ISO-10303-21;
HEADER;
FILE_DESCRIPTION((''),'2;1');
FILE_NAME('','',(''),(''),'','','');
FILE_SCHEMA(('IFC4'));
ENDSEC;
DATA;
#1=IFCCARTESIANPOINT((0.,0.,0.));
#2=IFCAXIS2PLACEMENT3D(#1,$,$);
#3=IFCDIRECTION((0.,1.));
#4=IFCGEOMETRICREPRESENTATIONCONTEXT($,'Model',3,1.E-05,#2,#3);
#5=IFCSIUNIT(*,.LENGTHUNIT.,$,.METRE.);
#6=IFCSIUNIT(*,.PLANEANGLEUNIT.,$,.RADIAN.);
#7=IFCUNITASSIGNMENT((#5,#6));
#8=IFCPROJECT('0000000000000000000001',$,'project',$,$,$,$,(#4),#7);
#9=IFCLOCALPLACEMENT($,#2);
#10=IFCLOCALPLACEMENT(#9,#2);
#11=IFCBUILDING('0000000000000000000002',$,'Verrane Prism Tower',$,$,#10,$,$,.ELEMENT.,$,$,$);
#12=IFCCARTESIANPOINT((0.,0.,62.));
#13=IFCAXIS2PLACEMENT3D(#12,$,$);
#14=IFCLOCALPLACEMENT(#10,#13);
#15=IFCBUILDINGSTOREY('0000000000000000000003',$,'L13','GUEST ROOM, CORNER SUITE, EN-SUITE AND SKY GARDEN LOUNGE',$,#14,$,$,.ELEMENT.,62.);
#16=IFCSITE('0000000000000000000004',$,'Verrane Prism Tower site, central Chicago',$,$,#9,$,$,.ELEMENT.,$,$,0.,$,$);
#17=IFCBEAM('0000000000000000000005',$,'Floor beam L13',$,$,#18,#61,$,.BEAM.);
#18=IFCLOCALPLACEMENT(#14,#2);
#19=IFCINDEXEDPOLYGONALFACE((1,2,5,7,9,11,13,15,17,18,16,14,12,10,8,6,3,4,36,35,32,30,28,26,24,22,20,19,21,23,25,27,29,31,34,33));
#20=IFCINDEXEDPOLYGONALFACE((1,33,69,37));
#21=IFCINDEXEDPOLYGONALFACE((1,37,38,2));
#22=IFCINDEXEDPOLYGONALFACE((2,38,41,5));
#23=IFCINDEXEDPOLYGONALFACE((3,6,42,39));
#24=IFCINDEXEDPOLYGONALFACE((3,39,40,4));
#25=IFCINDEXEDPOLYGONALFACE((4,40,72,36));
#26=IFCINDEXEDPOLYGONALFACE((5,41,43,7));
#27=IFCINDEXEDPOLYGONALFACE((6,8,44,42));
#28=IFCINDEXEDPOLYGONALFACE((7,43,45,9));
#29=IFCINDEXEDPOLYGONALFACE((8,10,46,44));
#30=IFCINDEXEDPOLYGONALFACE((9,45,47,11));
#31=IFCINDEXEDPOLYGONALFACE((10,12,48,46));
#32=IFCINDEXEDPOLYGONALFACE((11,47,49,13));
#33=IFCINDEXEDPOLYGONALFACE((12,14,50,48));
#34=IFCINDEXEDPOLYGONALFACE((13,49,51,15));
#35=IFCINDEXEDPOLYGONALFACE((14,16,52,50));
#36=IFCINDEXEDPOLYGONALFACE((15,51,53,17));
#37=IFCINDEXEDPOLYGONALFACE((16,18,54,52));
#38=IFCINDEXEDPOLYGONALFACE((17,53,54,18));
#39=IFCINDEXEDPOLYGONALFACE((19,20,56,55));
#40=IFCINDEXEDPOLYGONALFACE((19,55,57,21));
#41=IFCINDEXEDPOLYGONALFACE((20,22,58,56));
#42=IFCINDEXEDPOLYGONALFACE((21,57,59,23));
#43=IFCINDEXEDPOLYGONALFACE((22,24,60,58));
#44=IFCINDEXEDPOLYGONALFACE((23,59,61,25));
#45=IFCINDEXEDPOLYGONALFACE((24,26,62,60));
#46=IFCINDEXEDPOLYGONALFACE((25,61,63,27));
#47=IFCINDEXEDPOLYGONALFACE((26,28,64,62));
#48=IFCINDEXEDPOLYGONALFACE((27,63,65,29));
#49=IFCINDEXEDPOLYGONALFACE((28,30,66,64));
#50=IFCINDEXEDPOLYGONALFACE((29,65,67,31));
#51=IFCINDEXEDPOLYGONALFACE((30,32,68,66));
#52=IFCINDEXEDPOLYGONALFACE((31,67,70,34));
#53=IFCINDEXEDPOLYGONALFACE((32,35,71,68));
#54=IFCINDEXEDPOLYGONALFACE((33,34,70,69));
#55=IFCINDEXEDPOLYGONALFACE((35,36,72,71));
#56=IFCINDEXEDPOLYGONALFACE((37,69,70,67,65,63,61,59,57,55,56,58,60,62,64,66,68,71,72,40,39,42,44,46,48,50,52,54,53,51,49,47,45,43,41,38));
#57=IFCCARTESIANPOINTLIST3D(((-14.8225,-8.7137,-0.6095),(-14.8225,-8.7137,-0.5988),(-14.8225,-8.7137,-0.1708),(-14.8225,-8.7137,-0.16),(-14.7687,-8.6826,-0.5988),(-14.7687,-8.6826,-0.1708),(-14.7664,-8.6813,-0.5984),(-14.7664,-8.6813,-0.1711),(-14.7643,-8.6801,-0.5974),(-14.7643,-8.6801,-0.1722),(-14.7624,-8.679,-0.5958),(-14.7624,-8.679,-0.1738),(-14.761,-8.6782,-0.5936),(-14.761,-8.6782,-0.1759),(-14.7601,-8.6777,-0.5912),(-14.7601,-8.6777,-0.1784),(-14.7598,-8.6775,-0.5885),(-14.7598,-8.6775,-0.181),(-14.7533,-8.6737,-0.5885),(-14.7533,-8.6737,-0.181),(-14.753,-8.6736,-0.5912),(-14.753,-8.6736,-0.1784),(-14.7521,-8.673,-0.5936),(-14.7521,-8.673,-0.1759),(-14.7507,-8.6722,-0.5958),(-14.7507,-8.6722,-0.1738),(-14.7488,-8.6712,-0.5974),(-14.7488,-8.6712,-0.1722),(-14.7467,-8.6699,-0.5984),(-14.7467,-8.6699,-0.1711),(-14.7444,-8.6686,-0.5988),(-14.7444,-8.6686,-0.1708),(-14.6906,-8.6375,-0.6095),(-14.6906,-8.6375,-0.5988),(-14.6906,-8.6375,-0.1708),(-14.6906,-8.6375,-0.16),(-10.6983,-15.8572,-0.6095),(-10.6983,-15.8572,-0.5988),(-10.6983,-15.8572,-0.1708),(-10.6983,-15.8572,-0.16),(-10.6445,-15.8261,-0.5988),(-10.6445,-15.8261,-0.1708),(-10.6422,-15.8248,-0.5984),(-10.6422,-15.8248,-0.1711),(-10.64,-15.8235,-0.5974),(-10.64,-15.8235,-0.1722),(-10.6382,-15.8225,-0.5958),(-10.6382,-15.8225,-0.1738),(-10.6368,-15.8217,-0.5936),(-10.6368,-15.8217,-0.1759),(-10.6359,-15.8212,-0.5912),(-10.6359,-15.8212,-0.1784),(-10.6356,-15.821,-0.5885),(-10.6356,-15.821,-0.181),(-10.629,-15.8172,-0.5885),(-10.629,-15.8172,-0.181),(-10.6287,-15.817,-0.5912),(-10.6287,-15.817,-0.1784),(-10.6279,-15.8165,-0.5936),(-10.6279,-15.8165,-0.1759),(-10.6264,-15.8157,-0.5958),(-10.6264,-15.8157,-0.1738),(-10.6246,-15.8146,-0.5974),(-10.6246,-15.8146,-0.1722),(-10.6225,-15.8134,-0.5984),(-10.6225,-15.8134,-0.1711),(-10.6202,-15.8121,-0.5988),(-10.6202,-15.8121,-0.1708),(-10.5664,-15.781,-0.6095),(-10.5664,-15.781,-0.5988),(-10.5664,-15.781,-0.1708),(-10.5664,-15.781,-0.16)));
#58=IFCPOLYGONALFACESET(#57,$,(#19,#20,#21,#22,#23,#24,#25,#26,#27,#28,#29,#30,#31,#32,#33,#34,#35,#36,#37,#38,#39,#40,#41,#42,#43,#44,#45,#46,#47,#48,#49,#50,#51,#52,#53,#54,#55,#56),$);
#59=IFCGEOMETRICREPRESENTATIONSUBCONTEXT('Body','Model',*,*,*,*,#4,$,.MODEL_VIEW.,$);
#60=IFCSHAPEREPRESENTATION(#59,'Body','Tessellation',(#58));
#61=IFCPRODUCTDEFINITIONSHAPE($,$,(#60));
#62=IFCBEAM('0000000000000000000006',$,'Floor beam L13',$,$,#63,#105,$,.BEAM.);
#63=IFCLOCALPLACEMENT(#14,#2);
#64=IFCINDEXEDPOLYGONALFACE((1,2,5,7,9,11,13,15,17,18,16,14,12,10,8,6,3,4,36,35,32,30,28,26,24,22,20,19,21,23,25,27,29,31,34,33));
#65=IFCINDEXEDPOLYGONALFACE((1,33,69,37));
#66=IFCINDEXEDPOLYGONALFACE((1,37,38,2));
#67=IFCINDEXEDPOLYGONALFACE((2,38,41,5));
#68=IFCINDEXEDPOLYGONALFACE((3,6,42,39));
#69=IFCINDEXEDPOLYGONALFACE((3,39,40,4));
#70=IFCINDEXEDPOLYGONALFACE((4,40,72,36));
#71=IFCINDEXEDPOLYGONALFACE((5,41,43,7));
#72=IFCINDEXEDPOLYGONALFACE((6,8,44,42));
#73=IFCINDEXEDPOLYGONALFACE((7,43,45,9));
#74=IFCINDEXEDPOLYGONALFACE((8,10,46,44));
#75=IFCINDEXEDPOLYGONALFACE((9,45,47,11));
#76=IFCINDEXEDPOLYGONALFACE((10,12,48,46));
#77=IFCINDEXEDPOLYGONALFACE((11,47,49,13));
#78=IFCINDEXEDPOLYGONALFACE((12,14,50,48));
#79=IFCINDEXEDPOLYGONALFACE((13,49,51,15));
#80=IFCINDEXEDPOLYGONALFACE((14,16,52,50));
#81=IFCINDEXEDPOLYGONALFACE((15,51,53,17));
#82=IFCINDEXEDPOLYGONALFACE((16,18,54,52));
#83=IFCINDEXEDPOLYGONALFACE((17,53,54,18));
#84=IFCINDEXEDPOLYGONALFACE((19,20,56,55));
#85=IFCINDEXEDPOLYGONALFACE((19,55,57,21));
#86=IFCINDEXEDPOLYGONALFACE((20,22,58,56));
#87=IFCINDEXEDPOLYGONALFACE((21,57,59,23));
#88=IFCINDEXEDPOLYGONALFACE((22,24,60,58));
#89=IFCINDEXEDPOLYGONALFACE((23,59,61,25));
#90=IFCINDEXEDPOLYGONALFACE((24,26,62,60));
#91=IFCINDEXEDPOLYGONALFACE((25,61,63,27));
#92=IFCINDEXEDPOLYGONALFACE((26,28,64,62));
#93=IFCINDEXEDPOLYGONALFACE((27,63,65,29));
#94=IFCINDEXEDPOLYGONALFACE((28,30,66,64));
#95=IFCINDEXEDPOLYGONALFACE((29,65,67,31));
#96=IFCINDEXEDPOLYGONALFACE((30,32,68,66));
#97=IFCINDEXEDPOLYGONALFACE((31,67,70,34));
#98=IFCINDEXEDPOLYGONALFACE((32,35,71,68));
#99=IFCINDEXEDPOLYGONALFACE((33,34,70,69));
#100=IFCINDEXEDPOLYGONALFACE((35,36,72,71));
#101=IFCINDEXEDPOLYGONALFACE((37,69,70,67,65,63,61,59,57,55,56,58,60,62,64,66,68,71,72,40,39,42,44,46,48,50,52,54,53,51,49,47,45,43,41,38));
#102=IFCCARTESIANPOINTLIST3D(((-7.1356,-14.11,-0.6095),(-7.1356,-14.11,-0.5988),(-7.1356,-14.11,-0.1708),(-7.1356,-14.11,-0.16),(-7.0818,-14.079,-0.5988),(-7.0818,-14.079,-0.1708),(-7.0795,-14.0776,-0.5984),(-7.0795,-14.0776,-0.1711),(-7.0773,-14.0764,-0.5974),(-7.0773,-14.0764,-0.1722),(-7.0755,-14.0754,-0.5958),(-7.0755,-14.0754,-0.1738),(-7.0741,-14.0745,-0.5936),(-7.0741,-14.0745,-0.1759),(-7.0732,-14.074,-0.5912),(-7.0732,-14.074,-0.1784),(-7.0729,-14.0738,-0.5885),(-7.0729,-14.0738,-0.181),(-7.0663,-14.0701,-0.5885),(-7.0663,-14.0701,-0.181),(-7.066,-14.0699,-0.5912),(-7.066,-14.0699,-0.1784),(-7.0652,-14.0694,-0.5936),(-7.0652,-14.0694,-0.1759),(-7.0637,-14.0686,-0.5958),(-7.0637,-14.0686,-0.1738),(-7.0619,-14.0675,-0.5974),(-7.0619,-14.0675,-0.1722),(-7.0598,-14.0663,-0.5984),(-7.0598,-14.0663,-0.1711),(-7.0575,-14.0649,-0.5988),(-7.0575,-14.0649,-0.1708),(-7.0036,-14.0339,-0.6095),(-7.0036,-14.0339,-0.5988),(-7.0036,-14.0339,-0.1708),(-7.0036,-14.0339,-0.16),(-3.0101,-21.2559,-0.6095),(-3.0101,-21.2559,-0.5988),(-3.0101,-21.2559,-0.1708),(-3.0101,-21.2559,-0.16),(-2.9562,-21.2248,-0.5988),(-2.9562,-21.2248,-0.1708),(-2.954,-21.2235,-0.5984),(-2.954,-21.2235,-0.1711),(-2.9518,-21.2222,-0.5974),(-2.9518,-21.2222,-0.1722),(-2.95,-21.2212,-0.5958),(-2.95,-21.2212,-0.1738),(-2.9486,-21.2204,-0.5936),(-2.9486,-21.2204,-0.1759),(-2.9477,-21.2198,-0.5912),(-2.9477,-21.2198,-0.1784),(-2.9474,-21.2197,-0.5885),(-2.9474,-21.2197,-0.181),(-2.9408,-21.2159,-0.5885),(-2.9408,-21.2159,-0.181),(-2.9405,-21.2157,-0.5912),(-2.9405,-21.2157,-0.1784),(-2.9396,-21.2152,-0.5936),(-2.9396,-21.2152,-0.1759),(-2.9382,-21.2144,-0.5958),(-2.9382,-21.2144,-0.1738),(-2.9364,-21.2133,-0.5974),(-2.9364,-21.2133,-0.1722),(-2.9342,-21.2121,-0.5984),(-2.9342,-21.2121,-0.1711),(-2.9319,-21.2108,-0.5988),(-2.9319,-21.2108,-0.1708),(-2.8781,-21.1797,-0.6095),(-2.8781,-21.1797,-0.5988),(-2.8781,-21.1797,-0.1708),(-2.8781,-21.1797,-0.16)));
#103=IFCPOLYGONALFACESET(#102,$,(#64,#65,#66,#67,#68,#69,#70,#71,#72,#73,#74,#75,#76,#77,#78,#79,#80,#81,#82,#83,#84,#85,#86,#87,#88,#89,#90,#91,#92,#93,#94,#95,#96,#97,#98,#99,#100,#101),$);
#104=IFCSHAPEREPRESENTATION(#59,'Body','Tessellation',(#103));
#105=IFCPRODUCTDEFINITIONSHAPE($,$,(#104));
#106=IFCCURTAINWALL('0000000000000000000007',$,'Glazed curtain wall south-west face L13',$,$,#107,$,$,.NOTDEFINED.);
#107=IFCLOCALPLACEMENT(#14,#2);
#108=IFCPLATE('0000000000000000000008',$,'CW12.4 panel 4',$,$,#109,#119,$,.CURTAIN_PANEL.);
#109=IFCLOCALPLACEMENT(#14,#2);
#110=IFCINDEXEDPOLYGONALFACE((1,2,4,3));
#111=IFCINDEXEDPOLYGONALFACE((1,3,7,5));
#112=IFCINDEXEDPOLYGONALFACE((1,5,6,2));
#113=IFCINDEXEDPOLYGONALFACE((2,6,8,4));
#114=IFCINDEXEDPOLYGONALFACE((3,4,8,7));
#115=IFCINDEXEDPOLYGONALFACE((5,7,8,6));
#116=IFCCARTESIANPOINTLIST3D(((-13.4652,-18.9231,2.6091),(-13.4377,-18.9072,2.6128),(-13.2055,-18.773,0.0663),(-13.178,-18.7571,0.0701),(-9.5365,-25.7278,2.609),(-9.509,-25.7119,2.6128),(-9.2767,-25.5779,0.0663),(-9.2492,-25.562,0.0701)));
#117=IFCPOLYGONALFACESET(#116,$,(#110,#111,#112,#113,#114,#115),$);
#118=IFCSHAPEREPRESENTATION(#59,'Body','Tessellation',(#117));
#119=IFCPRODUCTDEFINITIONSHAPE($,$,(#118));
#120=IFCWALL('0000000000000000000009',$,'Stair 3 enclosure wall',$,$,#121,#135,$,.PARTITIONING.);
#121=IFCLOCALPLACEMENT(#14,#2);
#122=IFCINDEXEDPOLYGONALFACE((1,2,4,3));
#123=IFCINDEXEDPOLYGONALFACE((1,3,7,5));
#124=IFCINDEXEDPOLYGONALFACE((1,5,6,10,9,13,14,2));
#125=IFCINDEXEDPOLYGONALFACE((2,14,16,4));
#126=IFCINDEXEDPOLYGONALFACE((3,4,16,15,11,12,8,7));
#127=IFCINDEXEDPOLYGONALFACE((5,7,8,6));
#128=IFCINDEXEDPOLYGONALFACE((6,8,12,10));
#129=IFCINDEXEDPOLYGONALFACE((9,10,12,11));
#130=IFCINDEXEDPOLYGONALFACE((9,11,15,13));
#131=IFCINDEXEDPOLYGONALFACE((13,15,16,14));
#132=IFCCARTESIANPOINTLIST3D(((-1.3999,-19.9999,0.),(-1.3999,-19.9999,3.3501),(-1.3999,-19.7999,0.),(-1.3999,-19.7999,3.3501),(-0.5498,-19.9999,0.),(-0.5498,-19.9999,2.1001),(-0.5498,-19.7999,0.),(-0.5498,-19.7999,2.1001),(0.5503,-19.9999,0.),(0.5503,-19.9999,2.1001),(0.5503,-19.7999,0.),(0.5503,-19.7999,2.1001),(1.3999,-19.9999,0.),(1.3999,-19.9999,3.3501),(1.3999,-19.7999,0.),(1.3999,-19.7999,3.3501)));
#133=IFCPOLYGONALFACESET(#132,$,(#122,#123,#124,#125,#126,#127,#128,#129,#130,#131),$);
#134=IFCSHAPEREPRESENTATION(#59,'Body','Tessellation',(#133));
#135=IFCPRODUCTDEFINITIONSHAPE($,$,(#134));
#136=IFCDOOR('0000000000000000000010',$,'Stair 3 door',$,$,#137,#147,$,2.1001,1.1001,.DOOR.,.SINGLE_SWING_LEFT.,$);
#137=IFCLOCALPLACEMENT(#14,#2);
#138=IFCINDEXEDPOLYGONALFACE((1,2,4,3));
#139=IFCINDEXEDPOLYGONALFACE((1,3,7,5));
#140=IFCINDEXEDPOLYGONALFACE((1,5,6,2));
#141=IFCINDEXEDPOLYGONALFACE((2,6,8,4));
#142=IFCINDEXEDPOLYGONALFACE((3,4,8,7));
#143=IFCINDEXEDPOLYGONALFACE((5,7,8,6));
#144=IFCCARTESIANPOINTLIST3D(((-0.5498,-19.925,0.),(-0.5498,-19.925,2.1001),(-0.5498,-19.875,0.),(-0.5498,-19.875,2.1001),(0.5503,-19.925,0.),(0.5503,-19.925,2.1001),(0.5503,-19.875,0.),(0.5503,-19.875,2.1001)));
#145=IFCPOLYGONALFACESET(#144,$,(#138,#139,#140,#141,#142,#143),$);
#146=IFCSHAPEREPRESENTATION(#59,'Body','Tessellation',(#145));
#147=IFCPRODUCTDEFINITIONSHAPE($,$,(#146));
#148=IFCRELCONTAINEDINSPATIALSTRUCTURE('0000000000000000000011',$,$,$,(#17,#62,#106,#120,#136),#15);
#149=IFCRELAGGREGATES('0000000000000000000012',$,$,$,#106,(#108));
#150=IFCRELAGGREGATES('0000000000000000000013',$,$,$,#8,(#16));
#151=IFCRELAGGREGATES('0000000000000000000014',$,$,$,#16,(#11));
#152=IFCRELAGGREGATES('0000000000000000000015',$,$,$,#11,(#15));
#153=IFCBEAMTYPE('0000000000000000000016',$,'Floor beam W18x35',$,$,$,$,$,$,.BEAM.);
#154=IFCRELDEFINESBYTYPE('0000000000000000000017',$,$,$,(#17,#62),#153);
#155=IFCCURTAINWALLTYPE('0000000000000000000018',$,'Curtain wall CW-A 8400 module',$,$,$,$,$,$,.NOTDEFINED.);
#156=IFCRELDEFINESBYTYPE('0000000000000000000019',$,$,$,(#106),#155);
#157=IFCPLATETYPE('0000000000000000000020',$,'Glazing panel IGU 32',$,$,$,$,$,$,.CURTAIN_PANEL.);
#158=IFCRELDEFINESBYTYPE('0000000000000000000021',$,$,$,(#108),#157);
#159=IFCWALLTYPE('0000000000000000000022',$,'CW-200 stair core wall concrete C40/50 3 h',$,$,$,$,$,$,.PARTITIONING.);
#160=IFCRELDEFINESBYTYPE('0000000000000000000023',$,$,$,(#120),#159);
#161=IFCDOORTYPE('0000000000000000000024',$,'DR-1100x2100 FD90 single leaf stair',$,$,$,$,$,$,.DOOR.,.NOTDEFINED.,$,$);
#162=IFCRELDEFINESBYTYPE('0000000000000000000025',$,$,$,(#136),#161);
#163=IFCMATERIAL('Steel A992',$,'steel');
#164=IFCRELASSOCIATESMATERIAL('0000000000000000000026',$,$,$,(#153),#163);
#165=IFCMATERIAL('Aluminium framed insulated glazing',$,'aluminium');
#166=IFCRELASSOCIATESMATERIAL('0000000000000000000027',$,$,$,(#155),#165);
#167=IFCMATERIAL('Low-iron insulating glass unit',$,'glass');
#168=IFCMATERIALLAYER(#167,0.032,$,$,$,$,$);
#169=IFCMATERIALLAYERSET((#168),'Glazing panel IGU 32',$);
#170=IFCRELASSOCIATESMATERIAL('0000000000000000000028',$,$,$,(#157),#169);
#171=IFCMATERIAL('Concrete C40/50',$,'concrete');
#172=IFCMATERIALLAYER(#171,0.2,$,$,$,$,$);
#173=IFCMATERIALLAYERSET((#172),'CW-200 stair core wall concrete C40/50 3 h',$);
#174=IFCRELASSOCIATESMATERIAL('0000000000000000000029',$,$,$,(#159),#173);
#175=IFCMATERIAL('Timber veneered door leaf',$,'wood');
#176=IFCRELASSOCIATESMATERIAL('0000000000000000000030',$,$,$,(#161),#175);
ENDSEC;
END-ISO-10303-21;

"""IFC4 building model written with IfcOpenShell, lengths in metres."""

from ifc_helpers import new_model, si_unit, direction, frame, frame_2d, origin, origin_2d, place, context, subcontext, project, spatial, polyline, rectangle, i_section, outline, extrude, material, layer, layer_set, material_profile, profile_set, type_object, element, fill, aggregate, save


model = new_model("IFC4")

# Units and contexts
model_context = context("Model", 3, precision=1e-05, world=origin(), true_north=direction((0.0, 1.0)))
body_context = subcontext(model_context, "Body", "Model", "MODEL_VIEW")
ifc_project = project(units=[si_unit("LENGTHUNIT", "METRE"), si_unit("PLANEANGLEUNIT", "RADIAN")], contexts=[model_context])

# Site, building, storey
site_placement = place(None, origin())
site = spatial("IfcSite", under=ifc_project, at=site_placement, Name="Verrane Prism Tower site, central Chicago", CompositionType="ELEMENT", RefElevation=0.0)
building_placement = place(site_placement, origin())
building = spatial("IfcBuilding", under=site, at=building_placement, Name="Verrane Prism Tower", CompositionType="ELEMENT")
storey_placement = place(building_placement, frame((0.0, 0.0, 62.0)))
storey = spatial("IfcBuildingStorey", under=building, at=storey_placement, Name="L13", Description="GUEST ROOM, CORNER SUITE, EN-SUITE AND SKY GARDEN LOUNGE", CompositionType="ELEMENT", Elevation=62.0)

# Beams
ifc_material_1 = material(Name="Steel A992", Category="steel")
ifc_material_profile_1 = material_profile(ifc_material_1, i_section(OverallWidth=0.1523, OverallDepth=0.4495, WebThickness=0.0076, FlangeThickness=0.0107, FilletRadius=0.0103, at=origin_2d()), Name="W18x35")
ifc_profile_set_1 = profile_set([ifc_material_profile_1], Name="Steel A992")
beam_type_1 = type_object("IfcBeamType", Name="Floor beam W18x35", PredefinedType="BEAM", material=ifc_profile_set_1)
beam_1_placement = place(storey_placement, frame((-10.6323, -15.8191, -0.3848), z_axis=(-0.499994, 0.866029, 0.0), x_axis=(-0.866029, -0.499994, 0.0)))
element("IfcBeam", 1, at=beam_1_placement, inside=storey, type_object=beam_type_1, Name="Floor beam L13", PredefinedType="BEAM", context=body_context, shape_type="SweptSolid", body=[
    extrude(i_section(OverallWidth=0.1523, OverallDepth=0.4495, WebThickness=0.0076, FlangeThickness=0.0107, FilletRadius=0.0103, at=origin_2d()), origin(), (0.0, 0.0, 1.0), 8.2485),
])
beam_2_placement = place(storey_placement, frame((-2.9441, -21.2178, -0.3848), z_axis=(-0.49999, 0.866031, 0.0), x_axis=(-0.866031, -0.49999, 0.0)))
element("IfcBeam", 2, at=beam_2_placement, inside=storey, type_object=beam_type_1, Name="Floor beam L13", PredefinedType="BEAM", context=body_context, shape_type="SweptSolid", body=[
    extrude(i_section(OverallWidth=0.1523, OverallDepth=0.4495, WebThickness=0.0076, FlangeThickness=0.0107, FilletRadius=0.0103, at=origin_2d()), origin(), (0.0, 0.0, 1.0), 8.2512),
])

# Curtain wall, plate
ifc_material_2 = material(Name="Aluminium framed insulated glazing", Category="aluminium")
curtain_wall_type = type_object("IfcCurtainWallType", Name="Curtain wall CW-A 8400 module", PredefinedType="NOTDEFINED", material=ifc_material_2)
curtain_wall_placement = place(storey_placement, origin())
curtain_wall = element("IfcCurtainWall", 3, at=curtain_wall_placement, inside=storey, type_object=curtain_wall_type, Name="Glazed curtain wall south-west face L13", PredefinedType="NOTDEFINED")
ifc_material_3 = material(Name="Low-iron insulating glass unit", Category="glass")
ifc_layer_1 = layer(ifc_material_3, 0.032)
ifc_layer_set_1 = layer_set([ifc_layer_1], Name="Glazing panel IGU 32")
plate_type = type_object("IfcPlateType", Name="Glazing panel IGU 32", PredefinedType="CURTAIN_PANEL", material=ifc_layer_set_1)
plate_placement = place(storey_placement, frame((-13.178, -18.7571, 0.0701), z_axis=(0.860064, 0.496552, 0.117162), x_axis=(0.499995, -0.866028, 0.000001)))
plate = element("IfcPlate", 4, at=plate_placement, type_object=plate_type, Name="CW12.4 panel 4", PredefinedType="CURTAIN_PANEL", context=body_context, shape_type="SweptSolid", body=[
    extrude(outline(polyline([(0.0, 0.0), (7.8576, 0.0), (7.8575, -2.5604), (0.0002, -2.5604), (0.0, 0.0)])), origin(), (0.0, 0.0, -1.0), 0.032),
])
aggregate(curtain_wall, [plate])

# Wall, opening, door
ifc_material_4 = material(Name="Concrete C40/50", Category="concrete")
ifc_layer_2 = layer(ifc_material_4, 0.2)
ifc_layer_set_2 = layer_set([ifc_layer_2], Name="CW-200 stair core wall concrete C40/50 3 h")
wall_type_1 = type_object("IfcWallType", Name="CW-200 stair core wall concrete C40/50 3 h", PredefinedType="PARTITIONING", material=ifc_layer_set_2)
wall_1_placement = place(storey_placement, frame((-1.3999, -19.8999, 0.0), z_axis=(0.0, 0.0, 1.0), x_axis=(1.0, 0.0, 0.0)))
wall_1 = element("IfcWall", 5, at=wall_1_placement, inside=storey, type_object=wall_type_1, Name="Stair 3 enclosure wall", PredefinedType="PARTITIONING", context=body_context, shape_type="SweptSolid", body=[
    extrude(rectangle(XDim=2.7998, YDim=0.2, at=frame_2d((1.3999, 0.0))), origin(), (0.0, 0.0, 1.0), 3.3501),
])
opening_1_placement = place(wall_1_placement, frame((0.8501, 0.0, 0.0)))
opening_1 = element("IfcOpeningElement", 6, at=opening_1_placement, cuts=wall_1, PredefinedType="OPENING", context=body_context, shape_type="SweptSolid", body=[
    extrude(rectangle(XDim=1.1001, YDim=2.1001, at=frame_2d((0.55, 1.05))), frame((0.0, 0.1099, 0.0), z_axis=(0.0, -1.0, 0.0), x_axis=(1.0, 0.0, 0.0)), (0.0, 0.0, 1.0), 0.22),
])
ifc_material_5 = material(Name="Timber veneered door leaf", Category="wood")
door_type_1 = type_object("IfcDoorType", Name="DR-1100x2100 FD90 single leaf stair", OperationType="NOTDEFINED", PredefinedType="DOOR", material=ifc_material_5)
door_1_placement = place(opening_1_placement, origin())
door_1 = element("IfcDoor", 7, at=door_1_placement, inside=storey, type_object=door_type_1, Name="Stair 3 door", OperationType="SINGLE_SWING_LEFT", OverallHeight=2.1001, OverallWidth=1.1001, PredefinedType="DOOR", context=body_context, shape_type="SweptSolid", body=[
    extrude(rectangle(XDim=1.1001, YDim=2.1001, at=frame_2d((0.55, 1.05))), frame((0.0, 0.0249, 0.0), z_axis=(0.0, -1.0, 0.0), x_axis=(1.0, 0.0, 0.0)), (0.0, 0.0, 1.0), 0.05),
])
fill(opening_1, door_1)

save(model, "model.ifc")
